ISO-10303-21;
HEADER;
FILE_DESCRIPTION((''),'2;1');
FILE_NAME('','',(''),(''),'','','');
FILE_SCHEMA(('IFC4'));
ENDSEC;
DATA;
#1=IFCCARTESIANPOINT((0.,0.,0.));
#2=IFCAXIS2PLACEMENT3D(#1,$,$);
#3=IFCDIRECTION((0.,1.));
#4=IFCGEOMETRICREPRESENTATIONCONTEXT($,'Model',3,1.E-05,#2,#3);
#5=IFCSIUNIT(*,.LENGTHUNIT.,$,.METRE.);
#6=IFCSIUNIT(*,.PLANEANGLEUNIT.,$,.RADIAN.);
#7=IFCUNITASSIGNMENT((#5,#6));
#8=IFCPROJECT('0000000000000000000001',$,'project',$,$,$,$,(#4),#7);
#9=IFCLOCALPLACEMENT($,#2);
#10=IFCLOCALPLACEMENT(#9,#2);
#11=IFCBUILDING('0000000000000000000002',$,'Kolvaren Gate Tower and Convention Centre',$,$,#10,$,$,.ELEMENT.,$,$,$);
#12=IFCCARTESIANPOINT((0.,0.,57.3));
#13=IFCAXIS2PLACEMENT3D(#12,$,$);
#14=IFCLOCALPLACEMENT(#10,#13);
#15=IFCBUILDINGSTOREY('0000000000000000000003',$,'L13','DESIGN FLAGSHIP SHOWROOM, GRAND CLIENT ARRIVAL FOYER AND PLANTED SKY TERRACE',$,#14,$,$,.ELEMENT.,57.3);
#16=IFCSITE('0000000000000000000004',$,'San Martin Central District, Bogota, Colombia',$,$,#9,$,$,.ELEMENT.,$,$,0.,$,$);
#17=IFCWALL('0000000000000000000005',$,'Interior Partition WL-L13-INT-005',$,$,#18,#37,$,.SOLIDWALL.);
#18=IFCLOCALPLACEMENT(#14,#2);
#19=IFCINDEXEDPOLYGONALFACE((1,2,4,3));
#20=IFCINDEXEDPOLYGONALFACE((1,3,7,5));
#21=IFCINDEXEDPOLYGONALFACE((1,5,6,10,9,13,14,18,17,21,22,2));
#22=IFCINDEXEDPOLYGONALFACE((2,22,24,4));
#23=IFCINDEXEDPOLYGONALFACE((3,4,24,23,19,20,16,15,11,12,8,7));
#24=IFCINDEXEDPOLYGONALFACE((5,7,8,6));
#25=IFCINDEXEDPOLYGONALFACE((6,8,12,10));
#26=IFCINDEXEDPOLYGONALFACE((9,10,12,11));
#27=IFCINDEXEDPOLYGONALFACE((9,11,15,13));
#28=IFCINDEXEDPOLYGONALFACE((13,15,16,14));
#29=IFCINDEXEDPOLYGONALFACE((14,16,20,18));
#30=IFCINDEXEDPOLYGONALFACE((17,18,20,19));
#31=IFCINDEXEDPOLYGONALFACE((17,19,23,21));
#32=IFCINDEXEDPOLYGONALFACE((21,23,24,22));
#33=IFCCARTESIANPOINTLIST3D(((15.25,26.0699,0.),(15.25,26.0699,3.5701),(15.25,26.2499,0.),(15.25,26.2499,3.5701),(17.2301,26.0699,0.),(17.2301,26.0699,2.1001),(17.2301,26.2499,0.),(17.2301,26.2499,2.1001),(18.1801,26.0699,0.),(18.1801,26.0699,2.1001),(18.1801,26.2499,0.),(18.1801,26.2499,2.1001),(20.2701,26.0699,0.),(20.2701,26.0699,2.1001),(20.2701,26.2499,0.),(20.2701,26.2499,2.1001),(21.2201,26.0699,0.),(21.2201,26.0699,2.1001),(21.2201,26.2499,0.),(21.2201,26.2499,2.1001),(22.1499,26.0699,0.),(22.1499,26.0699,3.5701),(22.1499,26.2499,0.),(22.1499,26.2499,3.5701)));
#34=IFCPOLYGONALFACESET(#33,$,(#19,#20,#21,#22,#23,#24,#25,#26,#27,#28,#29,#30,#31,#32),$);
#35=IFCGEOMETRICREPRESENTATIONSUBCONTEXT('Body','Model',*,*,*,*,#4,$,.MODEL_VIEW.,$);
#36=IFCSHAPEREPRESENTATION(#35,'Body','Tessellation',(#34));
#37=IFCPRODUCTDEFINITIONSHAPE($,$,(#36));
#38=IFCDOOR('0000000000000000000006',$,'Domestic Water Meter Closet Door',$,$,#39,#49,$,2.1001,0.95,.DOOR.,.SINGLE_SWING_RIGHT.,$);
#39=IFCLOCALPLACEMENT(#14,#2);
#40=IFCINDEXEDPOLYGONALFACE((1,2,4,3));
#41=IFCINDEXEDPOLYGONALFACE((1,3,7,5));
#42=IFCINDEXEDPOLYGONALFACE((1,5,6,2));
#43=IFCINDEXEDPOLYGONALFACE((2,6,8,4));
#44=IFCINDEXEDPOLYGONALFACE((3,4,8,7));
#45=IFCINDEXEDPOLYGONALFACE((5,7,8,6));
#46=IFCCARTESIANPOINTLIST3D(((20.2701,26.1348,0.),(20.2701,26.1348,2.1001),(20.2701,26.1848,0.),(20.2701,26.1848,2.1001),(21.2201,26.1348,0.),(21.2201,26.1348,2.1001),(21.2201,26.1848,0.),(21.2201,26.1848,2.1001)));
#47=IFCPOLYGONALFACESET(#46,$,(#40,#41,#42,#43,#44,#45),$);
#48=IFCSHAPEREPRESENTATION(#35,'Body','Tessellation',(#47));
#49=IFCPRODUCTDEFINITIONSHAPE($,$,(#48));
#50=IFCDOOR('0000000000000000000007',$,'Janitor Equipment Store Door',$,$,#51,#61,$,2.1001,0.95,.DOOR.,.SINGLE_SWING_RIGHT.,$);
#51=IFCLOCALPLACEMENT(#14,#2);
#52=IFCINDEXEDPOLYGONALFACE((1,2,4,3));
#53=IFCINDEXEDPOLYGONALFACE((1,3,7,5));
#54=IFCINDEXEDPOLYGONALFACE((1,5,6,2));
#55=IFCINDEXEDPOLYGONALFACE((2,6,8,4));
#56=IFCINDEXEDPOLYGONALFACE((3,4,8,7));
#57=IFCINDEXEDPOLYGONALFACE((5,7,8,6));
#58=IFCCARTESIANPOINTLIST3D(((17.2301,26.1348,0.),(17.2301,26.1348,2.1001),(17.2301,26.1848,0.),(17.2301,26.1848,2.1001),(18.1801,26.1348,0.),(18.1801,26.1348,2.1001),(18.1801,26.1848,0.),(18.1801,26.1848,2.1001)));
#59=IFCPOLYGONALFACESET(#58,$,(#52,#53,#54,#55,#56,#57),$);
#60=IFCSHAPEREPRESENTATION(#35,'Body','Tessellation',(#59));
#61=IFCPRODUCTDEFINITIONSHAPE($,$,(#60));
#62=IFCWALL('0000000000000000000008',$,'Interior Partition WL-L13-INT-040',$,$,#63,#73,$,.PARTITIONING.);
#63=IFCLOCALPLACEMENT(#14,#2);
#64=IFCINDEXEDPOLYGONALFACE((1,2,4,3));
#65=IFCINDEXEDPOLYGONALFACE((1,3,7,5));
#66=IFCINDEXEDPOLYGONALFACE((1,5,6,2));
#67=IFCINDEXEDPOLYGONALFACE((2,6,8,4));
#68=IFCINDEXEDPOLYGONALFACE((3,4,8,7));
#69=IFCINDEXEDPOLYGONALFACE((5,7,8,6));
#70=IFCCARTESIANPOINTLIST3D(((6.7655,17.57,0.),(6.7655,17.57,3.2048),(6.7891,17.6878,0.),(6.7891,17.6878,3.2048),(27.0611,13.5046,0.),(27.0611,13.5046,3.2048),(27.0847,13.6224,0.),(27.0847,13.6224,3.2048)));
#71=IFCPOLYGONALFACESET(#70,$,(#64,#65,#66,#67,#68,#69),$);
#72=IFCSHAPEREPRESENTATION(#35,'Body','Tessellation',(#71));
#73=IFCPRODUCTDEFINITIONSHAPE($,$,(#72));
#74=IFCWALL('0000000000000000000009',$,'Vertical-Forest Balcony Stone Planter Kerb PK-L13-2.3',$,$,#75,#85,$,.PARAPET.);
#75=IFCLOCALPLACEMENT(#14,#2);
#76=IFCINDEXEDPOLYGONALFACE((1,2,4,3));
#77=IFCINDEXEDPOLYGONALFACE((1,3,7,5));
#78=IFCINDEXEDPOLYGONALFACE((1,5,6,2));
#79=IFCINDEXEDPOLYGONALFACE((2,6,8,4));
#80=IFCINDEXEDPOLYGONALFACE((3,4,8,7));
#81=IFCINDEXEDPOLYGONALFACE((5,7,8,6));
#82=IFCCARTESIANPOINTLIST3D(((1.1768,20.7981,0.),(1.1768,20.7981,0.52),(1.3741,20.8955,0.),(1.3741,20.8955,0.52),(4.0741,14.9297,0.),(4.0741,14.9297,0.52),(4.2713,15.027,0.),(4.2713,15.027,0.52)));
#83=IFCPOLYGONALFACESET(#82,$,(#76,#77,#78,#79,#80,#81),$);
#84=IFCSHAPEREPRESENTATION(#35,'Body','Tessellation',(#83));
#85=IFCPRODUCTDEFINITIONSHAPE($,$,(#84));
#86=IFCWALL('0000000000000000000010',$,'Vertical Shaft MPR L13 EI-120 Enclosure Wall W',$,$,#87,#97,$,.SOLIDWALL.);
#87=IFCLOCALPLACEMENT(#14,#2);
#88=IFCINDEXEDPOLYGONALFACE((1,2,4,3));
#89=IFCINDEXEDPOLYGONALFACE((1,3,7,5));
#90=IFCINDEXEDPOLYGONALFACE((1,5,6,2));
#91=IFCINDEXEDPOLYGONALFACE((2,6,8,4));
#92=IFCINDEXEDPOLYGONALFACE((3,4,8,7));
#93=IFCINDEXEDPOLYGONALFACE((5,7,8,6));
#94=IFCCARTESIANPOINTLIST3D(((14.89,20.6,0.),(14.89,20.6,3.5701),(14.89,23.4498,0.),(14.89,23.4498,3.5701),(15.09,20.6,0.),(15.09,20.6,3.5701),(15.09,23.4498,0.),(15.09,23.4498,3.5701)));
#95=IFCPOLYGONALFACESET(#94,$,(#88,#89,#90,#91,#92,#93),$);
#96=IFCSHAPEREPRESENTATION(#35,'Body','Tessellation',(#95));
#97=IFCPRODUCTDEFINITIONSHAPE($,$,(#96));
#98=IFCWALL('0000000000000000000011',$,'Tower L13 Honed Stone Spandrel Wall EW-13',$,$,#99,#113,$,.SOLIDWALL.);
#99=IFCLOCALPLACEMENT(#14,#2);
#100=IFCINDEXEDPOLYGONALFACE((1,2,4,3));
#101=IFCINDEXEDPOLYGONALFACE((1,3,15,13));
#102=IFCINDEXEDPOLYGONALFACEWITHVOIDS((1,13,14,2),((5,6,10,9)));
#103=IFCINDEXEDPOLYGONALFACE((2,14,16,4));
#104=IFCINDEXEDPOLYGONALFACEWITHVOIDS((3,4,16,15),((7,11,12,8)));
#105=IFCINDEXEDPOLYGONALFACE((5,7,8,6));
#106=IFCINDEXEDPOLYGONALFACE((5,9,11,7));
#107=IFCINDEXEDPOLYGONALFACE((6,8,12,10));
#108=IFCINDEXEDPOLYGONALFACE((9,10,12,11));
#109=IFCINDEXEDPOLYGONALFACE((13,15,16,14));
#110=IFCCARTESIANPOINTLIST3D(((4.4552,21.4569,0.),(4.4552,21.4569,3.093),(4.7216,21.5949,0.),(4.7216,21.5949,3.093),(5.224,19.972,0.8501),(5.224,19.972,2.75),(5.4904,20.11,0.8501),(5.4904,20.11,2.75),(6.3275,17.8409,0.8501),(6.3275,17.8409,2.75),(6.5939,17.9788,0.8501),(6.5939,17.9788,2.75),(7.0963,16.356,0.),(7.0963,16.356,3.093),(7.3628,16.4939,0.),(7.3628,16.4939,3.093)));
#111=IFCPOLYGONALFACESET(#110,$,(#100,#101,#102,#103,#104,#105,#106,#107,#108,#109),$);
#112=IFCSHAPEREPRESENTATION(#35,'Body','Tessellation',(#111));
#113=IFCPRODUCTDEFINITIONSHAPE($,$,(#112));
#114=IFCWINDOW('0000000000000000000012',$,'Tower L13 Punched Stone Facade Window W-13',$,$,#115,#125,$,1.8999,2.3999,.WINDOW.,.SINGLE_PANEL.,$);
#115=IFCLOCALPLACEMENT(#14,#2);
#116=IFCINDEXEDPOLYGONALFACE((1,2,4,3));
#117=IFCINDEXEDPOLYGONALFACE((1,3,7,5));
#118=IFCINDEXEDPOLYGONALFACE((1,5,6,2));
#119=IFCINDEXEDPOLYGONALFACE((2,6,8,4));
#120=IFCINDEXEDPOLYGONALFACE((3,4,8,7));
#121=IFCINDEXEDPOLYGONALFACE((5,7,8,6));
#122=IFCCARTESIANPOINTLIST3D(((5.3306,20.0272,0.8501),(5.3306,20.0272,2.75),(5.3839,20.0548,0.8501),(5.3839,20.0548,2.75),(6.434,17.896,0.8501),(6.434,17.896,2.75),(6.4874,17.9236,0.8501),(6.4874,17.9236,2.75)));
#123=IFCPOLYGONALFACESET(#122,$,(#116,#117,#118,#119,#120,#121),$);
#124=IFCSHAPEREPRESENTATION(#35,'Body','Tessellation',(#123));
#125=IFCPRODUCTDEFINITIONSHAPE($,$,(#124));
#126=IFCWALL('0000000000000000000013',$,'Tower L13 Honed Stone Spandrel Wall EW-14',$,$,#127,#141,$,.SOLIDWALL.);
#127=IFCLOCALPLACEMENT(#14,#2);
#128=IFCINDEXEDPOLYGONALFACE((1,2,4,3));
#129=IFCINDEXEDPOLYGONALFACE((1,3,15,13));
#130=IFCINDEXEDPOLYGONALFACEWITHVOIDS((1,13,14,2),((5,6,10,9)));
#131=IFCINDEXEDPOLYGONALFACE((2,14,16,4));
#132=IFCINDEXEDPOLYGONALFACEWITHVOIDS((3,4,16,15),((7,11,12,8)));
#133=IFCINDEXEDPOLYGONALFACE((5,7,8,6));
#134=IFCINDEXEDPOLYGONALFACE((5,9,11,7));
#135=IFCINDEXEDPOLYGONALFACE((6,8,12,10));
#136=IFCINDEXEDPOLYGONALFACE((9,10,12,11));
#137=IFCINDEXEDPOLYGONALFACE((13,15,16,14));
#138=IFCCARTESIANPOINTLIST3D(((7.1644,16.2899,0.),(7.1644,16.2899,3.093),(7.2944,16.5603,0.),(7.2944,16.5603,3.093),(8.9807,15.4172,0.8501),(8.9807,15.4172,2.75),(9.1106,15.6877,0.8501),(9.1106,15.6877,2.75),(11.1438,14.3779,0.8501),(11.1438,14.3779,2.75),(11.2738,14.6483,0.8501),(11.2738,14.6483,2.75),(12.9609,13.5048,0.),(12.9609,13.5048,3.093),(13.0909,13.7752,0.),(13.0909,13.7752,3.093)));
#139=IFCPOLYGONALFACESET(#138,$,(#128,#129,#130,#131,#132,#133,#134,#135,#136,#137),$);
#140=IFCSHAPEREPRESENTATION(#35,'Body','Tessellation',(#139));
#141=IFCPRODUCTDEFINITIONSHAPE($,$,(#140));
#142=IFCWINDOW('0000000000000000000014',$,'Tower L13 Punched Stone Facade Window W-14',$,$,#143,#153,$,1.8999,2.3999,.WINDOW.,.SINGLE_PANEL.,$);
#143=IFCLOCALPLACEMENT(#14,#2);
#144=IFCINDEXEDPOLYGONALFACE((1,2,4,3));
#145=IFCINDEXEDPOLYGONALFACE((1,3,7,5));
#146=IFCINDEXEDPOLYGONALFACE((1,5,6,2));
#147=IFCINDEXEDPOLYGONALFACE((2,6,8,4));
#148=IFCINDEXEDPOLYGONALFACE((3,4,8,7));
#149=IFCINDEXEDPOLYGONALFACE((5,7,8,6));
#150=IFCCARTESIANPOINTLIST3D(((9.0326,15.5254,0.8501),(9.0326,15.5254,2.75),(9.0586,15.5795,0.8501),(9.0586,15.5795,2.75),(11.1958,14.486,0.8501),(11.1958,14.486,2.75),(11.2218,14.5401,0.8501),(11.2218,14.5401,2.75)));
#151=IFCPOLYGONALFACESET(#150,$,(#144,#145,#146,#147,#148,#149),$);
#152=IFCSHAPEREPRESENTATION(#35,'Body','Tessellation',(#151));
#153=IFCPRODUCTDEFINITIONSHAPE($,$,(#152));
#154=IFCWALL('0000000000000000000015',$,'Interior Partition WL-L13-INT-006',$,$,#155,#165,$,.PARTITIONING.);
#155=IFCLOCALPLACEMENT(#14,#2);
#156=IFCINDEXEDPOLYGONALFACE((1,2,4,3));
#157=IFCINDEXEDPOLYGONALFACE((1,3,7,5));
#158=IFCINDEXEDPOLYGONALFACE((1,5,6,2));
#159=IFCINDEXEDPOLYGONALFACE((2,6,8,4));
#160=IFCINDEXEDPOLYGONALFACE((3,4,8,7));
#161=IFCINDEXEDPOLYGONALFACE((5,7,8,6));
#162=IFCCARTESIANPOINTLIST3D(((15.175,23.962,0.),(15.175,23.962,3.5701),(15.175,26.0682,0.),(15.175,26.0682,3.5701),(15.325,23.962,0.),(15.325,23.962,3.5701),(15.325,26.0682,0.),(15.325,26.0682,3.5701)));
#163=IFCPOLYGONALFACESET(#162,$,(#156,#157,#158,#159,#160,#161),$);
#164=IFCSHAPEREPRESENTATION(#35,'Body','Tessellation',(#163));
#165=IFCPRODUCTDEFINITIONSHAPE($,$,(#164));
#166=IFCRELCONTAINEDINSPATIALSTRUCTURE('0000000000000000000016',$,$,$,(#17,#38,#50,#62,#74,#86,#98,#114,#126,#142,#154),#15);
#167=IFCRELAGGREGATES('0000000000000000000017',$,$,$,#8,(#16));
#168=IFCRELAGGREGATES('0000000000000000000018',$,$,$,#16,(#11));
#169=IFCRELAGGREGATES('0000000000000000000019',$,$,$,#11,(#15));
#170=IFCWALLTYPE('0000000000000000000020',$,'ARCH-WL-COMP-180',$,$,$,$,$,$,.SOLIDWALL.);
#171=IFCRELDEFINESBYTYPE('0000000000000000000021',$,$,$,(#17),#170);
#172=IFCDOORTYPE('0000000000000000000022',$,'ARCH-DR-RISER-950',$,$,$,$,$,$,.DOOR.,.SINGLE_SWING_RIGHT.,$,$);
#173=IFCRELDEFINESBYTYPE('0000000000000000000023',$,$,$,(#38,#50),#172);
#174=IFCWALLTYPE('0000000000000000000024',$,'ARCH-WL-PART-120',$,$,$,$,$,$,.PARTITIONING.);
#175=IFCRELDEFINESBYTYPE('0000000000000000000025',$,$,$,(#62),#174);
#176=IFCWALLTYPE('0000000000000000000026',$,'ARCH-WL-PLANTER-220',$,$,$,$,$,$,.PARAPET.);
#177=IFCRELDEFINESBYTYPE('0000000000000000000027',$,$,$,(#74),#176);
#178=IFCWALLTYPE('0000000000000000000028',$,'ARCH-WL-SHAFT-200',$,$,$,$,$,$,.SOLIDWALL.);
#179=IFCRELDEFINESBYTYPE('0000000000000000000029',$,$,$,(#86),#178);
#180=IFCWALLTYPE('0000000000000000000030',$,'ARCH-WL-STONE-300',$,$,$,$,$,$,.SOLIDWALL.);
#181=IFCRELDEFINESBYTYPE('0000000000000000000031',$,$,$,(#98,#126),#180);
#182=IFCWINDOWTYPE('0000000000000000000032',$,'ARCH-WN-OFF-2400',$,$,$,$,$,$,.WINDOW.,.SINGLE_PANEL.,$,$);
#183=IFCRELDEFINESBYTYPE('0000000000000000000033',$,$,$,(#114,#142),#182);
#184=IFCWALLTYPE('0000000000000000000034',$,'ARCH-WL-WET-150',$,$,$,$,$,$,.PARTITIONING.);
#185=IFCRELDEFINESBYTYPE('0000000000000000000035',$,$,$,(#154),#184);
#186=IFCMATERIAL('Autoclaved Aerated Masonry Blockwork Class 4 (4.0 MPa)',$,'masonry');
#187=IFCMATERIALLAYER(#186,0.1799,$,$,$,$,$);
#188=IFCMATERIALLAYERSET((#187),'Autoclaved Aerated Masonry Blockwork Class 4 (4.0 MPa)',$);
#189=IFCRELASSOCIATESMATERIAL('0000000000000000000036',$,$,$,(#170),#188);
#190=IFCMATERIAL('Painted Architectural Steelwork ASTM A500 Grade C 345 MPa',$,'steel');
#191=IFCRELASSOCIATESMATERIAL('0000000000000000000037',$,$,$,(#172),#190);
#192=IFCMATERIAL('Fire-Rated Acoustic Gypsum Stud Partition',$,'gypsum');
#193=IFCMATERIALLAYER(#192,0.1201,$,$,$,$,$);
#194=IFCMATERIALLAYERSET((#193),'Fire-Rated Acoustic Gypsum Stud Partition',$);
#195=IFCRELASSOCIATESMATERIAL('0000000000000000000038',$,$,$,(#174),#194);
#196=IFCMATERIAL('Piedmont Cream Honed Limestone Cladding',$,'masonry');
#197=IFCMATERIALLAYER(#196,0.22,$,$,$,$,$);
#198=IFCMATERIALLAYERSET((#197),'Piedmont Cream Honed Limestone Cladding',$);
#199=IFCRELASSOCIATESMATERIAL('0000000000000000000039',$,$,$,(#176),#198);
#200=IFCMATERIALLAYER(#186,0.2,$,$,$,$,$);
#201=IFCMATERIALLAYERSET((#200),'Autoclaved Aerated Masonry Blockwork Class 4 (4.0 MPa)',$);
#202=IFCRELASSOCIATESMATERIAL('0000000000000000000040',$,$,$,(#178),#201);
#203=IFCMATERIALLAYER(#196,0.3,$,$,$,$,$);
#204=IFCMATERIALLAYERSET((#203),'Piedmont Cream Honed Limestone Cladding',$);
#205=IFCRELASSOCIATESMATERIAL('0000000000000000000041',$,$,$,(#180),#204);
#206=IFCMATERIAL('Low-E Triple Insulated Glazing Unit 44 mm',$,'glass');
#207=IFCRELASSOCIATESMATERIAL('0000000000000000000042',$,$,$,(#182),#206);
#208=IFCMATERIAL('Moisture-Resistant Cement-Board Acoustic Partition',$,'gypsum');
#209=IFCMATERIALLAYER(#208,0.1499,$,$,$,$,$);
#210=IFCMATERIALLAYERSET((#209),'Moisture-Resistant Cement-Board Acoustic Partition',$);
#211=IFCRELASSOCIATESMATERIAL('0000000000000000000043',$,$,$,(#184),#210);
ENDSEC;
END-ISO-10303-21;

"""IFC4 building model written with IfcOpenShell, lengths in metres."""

from ifc_helpers import new_model, si_unit, direction, frame, frame_2d, origin, place, context, subcontext, project, spatial, rectangle, extrude, material, layer, layer_set, type_object, element, fill, save


model = new_model("IFC4")

# Units and contexts
model_context = context("Model", 3, precision=1e-05, world=origin(), true_north=direction((0.0, 1.0)))
body_context = subcontext(model_context, "Body", "Model", "MODEL_VIEW")
ifc_project = project(units=[si_unit("LENGTHUNIT", "METRE"), si_unit("PLANEANGLEUNIT", "RADIAN")], contexts=[model_context])

# Site, building, storey
site_placement = place(None, origin())
site = spatial("IfcSite", under=ifc_project, at=site_placement, Name="San Martin Central District, Bogota, Colombia", CompositionType="ELEMENT", RefElevation=0.0)
building_placement = place(site_placement, origin())
building = spatial("IfcBuilding", under=site, at=building_placement, Name="Kolvaren Gate Tower and Convention Centre", CompositionType="ELEMENT")
storey_placement = place(building_placement, frame((0.0, 0.0, 57.3)))
storey = spatial("IfcBuildingStorey", under=building, at=storey_placement, Name="L13", Description="DESIGN FLAGSHIP SHOWROOM, GRAND CLIENT ARRIVAL FOYER AND PLANTED SKY TERRACE", CompositionType="ELEMENT", Elevation=57.3)

# Wall, openings, doors
ifc_material_1 = material(Name="Autoclaved Aerated Masonry Blockwork Class 4 (4.0 MPa)", Category="masonry")
ifc_layer_1 = layer(ifc_material_1, 0.1799)
ifc_layer_set_1 = layer_set([ifc_layer_1], Name="Autoclaved Aerated Masonry Blockwork Class 4 (4.0 MPa)")
wall_type_1 = type_object("IfcWallType", Name="ARCH-WL-COMP-180", PredefinedType="SOLIDWALL", material=ifc_layer_set_1)
wall_1_placement = place(storey_placement, frame((15.25, 26.1599, 0.0), z_axis=(0.0, 0.0, 1.0), x_axis=(1.0, 0.0, 0.0)))
wall_1 = element("IfcWall", 1, at=wall_1_placement, inside=storey, type_object=wall_type_1, Name="Interior Partition WL-L13-INT-005", PredefinedType="SOLIDWALL", context=body_context, shape_type="SweptSolid", body=[
    extrude(rectangle(XDim=6.8999, YDim=0.1799, at=frame_2d((3.45, 0.0))), origin(), (0.0, 0.0, 1.0), 3.5701),
])
opening_1_placement = place(wall_1_placement, frame((5.02, 0.0, 0.0)))
opening_1 = element("IfcOpeningElement", 2, at=opening_1_placement, cuts=wall_1, PredefinedType="OPENING", context=body_context, shape_type="SweptSolid", body=[
    extrude(rectangle(XDim=0.95, YDim=2.1001, at=frame_2d((0.4751, 1.05))), frame((0.0, 0.0999, 0.0), z_axis=(0.0, -1.0, 0.0), x_axis=(1.0, 0.0, 0.0)), (0.0, 0.0, 1.0), 0.2),
])
opening_2_placement = place(wall_1_placement, frame((1.98, 0.0, 0.0)))
opening_2 = element("IfcOpeningElement", 3, at=opening_2_placement, cuts=wall_1, PredefinedType="OPENING", context=body_context, shape_type="SweptSolid", body=[
    extrude(rectangle(XDim=0.95, YDim=2.1001, at=frame_2d((0.4751, 1.05))), frame((0.0, 0.0999, 0.0), z_axis=(0.0, -1.0, 0.0), x_axis=(1.0, 0.0, 0.0)), (0.0, 0.0, 1.0), 0.2),
])
ifc_material_2 = material(Name="Painted Architectural Steelwork ASTM A500 Grade C 345 MPa", Category="steel")
door_type = type_object("IfcDoorType", Name="ARCH-DR-RISER-950", OperationType="SINGLE_SWING_RIGHT", PredefinedType="DOOR", material=ifc_material_2)
door_1_placement = place(opening_1_placement, origin())
door_1 = element("IfcDoor", 4, at=door_1_placement, inside=storey, type_object=door_type, Name="Domestic Water Meter Closet Door", OperationType="SINGLE_SWING_RIGHT", OverallHeight=2.1001, OverallWidth=0.95, PredefinedType="DOOR", context=body_context, shape_type="SweptSolid", body=[
    extrude(rectangle(XDim=0.95, YDim=2.1001, at=frame_2d((0.4751, 1.05))), frame((0.0, 0.0249, 0.0), z_axis=(0.0, -1.0, 0.0), x_axis=(1.0, 0.0, 0.0)), (0.0, 0.0, 1.0), 0.05),
])
fill(opening_1, door_1)
door_2_placement = place(opening_2_placement, origin())
door_2 = element("IfcDoor", 5, at=door_2_placement, inside=storey, type_object=door_type, Name="Janitor Equipment Store Door", OperationType="SINGLE_SWING_RIGHT", OverallHeight=2.1001, OverallWidth=0.95, PredefinedType="DOOR", context=body_context, shape_type="SweptSolid", body=[
    extrude(rectangle(XDim=0.95, YDim=2.1001, at=frame_2d((0.4751, 1.05))), frame((0.0, 0.0249, 0.0), z_axis=(0.0, -1.0, 0.0), x_axis=(1.0, 0.0, 0.0)), (0.0, 0.0, 1.0), 0.05),
])
fill(opening_2, door_2)

# Walls
ifc_material_3 = material(Name="Fire-Rated Acoustic Gypsum Stud Partition", Category="gypsum")
ifc_layer_2 = layer(ifc_material_3, 0.1201)
ifc_layer_set_2 = layer_set([ifc_layer_2], Name="Fire-Rated Acoustic Gypsum Stud Partition")
wall_type_2 = type_object("IfcWallType", Name="ARCH-WL-PART-120", PredefinedType="PARTITIONING", material=ifc_layer_set_2)
wall_2_placement = place(storey_placement, frame((6.7773, 17.6289, 0.0), z_axis=(0.0, 0.0, 1.0), x_axis=(0.980522, -0.196409, 0.0)))
element("IfcWall", 6, at=wall_2_placement, inside=storey, type_object=wall_type_2, Name="Interior Partition WL-L13-INT-040", PredefinedType="PARTITIONING", context=body_context, shape_type="SweptSolid", body=[
    extrude(rectangle(XDim=20.6987, YDim=0.1201, at=frame_2d((10.3494, 0.0))), origin(), (0.0, 0.0, 1.0), 3.2048),
])
ifc_material_4 = material(Name="Piedmont Cream Honed Limestone Cladding", Category="masonry")
ifc_layer_3 = layer(ifc_material_4, 0.22)
ifc_layer_set_3 = layer_set([ifc_layer_3], Name="Piedmont Cream Honed Limestone Cladding")
wall_type_3 = type_object("IfcWallType", Name="ARCH-WL-PLANTER-220", PredefinedType="PARAPET", material=ifc_layer_set_3)
wall_3_placement = place(storey_placement, frame((1.2754, 20.8469, 0.0), z_axis=(0.0, 0.0, 1.0), x_axis=(0.442687, -0.896676, 0.0)))
element("IfcWall", 7, at=wall_3_placement, inside=storey, type_object=wall_type_3, Name="Vertical-Forest Balcony Stone Planter Kerb PK-L13-2.3", PredefinedType="PARAPET", context=body_context, shape_type="SweptSolid", body=[
    extrude(rectangle(XDim=6.5447, YDim=0.22, at=frame_2d((3.2725, 0.0))), origin(), (0.0, 0.0, 1.0), 0.52),
])
ifc_layer_4 = layer(ifc_material_1, 0.2)
ifc_layer_set_4 = layer_set([ifc_layer_4], Name="Autoclaved Aerated Masonry Blockwork Class 4 (4.0 MPa)")
wall_type_4 = type_object("IfcWallType", Name="ARCH-WL-SHAFT-200", PredefinedType="SOLIDWALL", material=ifc_layer_set_4)
wall_4_placement = place(storey_placement, frame((14.99, 20.6001, 0.0), z_axis=(0.0, 0.0, 1.0), x_axis=(0.0, 1.0, 0.0)))
element("IfcWall", 8, at=wall_4_placement, inside=storey, type_object=wall_type_4, Name="Vertical Shaft MPR L13 EI-120 Enclosure Wall W", PredefinedType="SOLIDWALL", context=body_context, shape_type="SweptSolid", body=[
    extrude(rectangle(XDim=2.8499, YDim=0.2, at=frame_2d((1.4248, 0.0))), origin(), (0.0, 0.0, 1.0), 3.5701),
])

# Walls, openings, windows
ifc_layer_5 = layer(ifc_material_4, 0.3)
ifc_layer_set_5 = layer_set([ifc_layer_5], Name="Piedmont Cream Honed Limestone Cladding")
wall_type_5 = type_object("IfcWallType", Name="ARCH-WL-STONE-300", PredefinedType="SOLIDWALL", material=ifc_layer_set_5)
wall_5_placement = place(storey_placement, frame((4.5884, 21.5259, 0.0), z_axis=(0.0, 0.0, 1.0), x_axis=(0.459801, -0.888022, 0.0)))
wall_5 = element("IfcWall", 9, at=wall_5_placement, inside=storey, type_object=wall_type_5, Name="Tower L13 Honed Stone Spandrel Wall EW-13", PredefinedType="SOLIDWALL", context=body_context, shape_type="SweptSolid", body=[
    extrude(rectangle(XDim=5.7441, YDim=0.3, at=frame_2d((2.8721, 0.0))), origin(), (0.0, 0.0, 1.0), 3.093),
])
opening_3_placement = place(wall_5_placement, frame((1.6721, 0.0, 0.8501)))
opening_3 = element("IfcOpeningElement", 10, at=opening_3_placement, cuts=wall_5, PredefinedType="OPENING", context=body_context, shape_type="SweptSolid", body=[
    extrude(rectangle(XDim=2.3999, YDim=1.8999, at=frame_2d((1.2, 0.95))), frame((0.0, 0.1599, 0.0), z_axis=(0.0, -1.0, 0.0), x_axis=(1.0, 0.0, 0.0)), (0.0, 0.0, 1.0), 0.3201),
])
ifc_material_5 = material(Name="Low-E Triple Insulated Glazing Unit 44 mm", Category="glass")
window_type = type_object("IfcWindowType", Name="ARCH-WN-OFF-2400", PartitioningType="SINGLE_PANEL", PredefinedType="WINDOW", material=ifc_material_5)
window_1_placement = place(opening_3_placement, origin())
window_1 = element("IfcWindow", 11, at=window_1_placement, inside=storey, type_object=window_type, Name="Tower L13 Punched Stone Facade Window W-13", OverallHeight=1.8999, OverallWidth=2.3999, PartitioningType="SINGLE_PANEL", PredefinedType="WINDOW", context=body_context, shape_type="SweptSolid", body=[
    extrude(rectangle(XDim=2.3999, YDim=1.8999, at=frame_2d((1.2, 0.95))), frame((0.0, 0.03, 0.0), z_axis=(0.0, -1.0, 0.0), x_axis=(1.0, 0.0, 0.0)), (0.0, 0.0, 1.0), 0.0601),
])
fill(opening_3, window_1)
wall_6_placement = place(storey_placement, frame((7.2295, 16.425, 0.0), z_axis=(0.0, 0.0, 1.0), x_axis=(0.901355, -0.433082, 0.0)))
wall_6 = element("IfcWall", 12, at=wall_6_placement, inside=storey, type_object=wall_type_5, Name="Tower L13 Honed Stone Spandrel Wall EW-14", PredefinedType="SOLIDWALL", context=body_context, shape_type="SweptSolid", body=[
    extrude(rectangle(XDim=6.4309, YDim=0.3, at=frame_2d((3.2153, 0.0))), origin(), (0.0, 0.0, 1.0), 3.093),
])
opening_4_placement = place(wall_6_placement, frame((2.0149, 0.0, 0.8501)))
opening_4 = element("IfcOpeningElement", 13, at=opening_4_placement, cuts=wall_6, PredefinedType="OPENING", context=body_context, shape_type="SweptSolid", body=[
    extrude(rectangle(XDim=2.3999, YDim=1.8999, at=frame_2d((1.2, 0.95))), frame((0.0, 0.1599, 0.0), z_axis=(0.0, -1.0, 0.0), x_axis=(1.0, 0.0, 0.0)), (0.0, 0.0, 1.0), 0.3201),
])
window_2_placement = place(opening_4_placement, origin())
window_2 = element("IfcWindow", 14, at=window_2_placement, inside=storey, type_object=window_type, Name="Tower L13 Punched Stone Facade Window W-14", OverallHeight=1.8999, OverallWidth=2.3999, PartitioningType="SINGLE_PANEL", PredefinedType="WINDOW", context=body_context, shape_type="SweptSolid", body=[
    extrude(rectangle(XDim=2.3999, YDim=1.8999, at=frame_2d((1.2, 0.95))), frame((0.0, 0.03, 0.0), z_axis=(0.0, -1.0, 0.0), x_axis=(1.0, 0.0, 0.0)), (0.0, 0.0, 1.0), 0.0601),
])
fill(opening_4, window_2)

# Wall
ifc_material_6 = material(Name="Moisture-Resistant Cement-Board Acoustic Partition", Category="gypsum")
ifc_layer_6 = layer(ifc_material_6, 0.1499)
ifc_layer_set_6 = layer_set([ifc_layer_6], Name="Moisture-Resistant Cement-Board Acoustic Partition")
wall_type_6 = type_object("IfcWallType", Name="ARCH-WL-WET-150", PredefinedType="PARTITIONING", material=ifc_layer_set_6)
wall_7_placement = place(storey_placement, frame((15.25, 23.9619, 0.0), z_axis=(0.0, 0.0, 1.0), x_axis=(0.0, 1.0, 0.0)))
element("IfcWall", 15, at=wall_7_placement, inside=storey, type_object=wall_type_6, Name="Interior Partition WL-L13-INT-006", PredefinedType="PARTITIONING", context=body_context, shape_type="SweptSolid", body=[
    extrude(rectangle(XDim=2.1062, YDim=0.1499, at=frame_2d((1.0532, 0.0))), origin(), (0.0, 0.0, 1.0), 3.5701),
])

save(model, "model.ifc")
